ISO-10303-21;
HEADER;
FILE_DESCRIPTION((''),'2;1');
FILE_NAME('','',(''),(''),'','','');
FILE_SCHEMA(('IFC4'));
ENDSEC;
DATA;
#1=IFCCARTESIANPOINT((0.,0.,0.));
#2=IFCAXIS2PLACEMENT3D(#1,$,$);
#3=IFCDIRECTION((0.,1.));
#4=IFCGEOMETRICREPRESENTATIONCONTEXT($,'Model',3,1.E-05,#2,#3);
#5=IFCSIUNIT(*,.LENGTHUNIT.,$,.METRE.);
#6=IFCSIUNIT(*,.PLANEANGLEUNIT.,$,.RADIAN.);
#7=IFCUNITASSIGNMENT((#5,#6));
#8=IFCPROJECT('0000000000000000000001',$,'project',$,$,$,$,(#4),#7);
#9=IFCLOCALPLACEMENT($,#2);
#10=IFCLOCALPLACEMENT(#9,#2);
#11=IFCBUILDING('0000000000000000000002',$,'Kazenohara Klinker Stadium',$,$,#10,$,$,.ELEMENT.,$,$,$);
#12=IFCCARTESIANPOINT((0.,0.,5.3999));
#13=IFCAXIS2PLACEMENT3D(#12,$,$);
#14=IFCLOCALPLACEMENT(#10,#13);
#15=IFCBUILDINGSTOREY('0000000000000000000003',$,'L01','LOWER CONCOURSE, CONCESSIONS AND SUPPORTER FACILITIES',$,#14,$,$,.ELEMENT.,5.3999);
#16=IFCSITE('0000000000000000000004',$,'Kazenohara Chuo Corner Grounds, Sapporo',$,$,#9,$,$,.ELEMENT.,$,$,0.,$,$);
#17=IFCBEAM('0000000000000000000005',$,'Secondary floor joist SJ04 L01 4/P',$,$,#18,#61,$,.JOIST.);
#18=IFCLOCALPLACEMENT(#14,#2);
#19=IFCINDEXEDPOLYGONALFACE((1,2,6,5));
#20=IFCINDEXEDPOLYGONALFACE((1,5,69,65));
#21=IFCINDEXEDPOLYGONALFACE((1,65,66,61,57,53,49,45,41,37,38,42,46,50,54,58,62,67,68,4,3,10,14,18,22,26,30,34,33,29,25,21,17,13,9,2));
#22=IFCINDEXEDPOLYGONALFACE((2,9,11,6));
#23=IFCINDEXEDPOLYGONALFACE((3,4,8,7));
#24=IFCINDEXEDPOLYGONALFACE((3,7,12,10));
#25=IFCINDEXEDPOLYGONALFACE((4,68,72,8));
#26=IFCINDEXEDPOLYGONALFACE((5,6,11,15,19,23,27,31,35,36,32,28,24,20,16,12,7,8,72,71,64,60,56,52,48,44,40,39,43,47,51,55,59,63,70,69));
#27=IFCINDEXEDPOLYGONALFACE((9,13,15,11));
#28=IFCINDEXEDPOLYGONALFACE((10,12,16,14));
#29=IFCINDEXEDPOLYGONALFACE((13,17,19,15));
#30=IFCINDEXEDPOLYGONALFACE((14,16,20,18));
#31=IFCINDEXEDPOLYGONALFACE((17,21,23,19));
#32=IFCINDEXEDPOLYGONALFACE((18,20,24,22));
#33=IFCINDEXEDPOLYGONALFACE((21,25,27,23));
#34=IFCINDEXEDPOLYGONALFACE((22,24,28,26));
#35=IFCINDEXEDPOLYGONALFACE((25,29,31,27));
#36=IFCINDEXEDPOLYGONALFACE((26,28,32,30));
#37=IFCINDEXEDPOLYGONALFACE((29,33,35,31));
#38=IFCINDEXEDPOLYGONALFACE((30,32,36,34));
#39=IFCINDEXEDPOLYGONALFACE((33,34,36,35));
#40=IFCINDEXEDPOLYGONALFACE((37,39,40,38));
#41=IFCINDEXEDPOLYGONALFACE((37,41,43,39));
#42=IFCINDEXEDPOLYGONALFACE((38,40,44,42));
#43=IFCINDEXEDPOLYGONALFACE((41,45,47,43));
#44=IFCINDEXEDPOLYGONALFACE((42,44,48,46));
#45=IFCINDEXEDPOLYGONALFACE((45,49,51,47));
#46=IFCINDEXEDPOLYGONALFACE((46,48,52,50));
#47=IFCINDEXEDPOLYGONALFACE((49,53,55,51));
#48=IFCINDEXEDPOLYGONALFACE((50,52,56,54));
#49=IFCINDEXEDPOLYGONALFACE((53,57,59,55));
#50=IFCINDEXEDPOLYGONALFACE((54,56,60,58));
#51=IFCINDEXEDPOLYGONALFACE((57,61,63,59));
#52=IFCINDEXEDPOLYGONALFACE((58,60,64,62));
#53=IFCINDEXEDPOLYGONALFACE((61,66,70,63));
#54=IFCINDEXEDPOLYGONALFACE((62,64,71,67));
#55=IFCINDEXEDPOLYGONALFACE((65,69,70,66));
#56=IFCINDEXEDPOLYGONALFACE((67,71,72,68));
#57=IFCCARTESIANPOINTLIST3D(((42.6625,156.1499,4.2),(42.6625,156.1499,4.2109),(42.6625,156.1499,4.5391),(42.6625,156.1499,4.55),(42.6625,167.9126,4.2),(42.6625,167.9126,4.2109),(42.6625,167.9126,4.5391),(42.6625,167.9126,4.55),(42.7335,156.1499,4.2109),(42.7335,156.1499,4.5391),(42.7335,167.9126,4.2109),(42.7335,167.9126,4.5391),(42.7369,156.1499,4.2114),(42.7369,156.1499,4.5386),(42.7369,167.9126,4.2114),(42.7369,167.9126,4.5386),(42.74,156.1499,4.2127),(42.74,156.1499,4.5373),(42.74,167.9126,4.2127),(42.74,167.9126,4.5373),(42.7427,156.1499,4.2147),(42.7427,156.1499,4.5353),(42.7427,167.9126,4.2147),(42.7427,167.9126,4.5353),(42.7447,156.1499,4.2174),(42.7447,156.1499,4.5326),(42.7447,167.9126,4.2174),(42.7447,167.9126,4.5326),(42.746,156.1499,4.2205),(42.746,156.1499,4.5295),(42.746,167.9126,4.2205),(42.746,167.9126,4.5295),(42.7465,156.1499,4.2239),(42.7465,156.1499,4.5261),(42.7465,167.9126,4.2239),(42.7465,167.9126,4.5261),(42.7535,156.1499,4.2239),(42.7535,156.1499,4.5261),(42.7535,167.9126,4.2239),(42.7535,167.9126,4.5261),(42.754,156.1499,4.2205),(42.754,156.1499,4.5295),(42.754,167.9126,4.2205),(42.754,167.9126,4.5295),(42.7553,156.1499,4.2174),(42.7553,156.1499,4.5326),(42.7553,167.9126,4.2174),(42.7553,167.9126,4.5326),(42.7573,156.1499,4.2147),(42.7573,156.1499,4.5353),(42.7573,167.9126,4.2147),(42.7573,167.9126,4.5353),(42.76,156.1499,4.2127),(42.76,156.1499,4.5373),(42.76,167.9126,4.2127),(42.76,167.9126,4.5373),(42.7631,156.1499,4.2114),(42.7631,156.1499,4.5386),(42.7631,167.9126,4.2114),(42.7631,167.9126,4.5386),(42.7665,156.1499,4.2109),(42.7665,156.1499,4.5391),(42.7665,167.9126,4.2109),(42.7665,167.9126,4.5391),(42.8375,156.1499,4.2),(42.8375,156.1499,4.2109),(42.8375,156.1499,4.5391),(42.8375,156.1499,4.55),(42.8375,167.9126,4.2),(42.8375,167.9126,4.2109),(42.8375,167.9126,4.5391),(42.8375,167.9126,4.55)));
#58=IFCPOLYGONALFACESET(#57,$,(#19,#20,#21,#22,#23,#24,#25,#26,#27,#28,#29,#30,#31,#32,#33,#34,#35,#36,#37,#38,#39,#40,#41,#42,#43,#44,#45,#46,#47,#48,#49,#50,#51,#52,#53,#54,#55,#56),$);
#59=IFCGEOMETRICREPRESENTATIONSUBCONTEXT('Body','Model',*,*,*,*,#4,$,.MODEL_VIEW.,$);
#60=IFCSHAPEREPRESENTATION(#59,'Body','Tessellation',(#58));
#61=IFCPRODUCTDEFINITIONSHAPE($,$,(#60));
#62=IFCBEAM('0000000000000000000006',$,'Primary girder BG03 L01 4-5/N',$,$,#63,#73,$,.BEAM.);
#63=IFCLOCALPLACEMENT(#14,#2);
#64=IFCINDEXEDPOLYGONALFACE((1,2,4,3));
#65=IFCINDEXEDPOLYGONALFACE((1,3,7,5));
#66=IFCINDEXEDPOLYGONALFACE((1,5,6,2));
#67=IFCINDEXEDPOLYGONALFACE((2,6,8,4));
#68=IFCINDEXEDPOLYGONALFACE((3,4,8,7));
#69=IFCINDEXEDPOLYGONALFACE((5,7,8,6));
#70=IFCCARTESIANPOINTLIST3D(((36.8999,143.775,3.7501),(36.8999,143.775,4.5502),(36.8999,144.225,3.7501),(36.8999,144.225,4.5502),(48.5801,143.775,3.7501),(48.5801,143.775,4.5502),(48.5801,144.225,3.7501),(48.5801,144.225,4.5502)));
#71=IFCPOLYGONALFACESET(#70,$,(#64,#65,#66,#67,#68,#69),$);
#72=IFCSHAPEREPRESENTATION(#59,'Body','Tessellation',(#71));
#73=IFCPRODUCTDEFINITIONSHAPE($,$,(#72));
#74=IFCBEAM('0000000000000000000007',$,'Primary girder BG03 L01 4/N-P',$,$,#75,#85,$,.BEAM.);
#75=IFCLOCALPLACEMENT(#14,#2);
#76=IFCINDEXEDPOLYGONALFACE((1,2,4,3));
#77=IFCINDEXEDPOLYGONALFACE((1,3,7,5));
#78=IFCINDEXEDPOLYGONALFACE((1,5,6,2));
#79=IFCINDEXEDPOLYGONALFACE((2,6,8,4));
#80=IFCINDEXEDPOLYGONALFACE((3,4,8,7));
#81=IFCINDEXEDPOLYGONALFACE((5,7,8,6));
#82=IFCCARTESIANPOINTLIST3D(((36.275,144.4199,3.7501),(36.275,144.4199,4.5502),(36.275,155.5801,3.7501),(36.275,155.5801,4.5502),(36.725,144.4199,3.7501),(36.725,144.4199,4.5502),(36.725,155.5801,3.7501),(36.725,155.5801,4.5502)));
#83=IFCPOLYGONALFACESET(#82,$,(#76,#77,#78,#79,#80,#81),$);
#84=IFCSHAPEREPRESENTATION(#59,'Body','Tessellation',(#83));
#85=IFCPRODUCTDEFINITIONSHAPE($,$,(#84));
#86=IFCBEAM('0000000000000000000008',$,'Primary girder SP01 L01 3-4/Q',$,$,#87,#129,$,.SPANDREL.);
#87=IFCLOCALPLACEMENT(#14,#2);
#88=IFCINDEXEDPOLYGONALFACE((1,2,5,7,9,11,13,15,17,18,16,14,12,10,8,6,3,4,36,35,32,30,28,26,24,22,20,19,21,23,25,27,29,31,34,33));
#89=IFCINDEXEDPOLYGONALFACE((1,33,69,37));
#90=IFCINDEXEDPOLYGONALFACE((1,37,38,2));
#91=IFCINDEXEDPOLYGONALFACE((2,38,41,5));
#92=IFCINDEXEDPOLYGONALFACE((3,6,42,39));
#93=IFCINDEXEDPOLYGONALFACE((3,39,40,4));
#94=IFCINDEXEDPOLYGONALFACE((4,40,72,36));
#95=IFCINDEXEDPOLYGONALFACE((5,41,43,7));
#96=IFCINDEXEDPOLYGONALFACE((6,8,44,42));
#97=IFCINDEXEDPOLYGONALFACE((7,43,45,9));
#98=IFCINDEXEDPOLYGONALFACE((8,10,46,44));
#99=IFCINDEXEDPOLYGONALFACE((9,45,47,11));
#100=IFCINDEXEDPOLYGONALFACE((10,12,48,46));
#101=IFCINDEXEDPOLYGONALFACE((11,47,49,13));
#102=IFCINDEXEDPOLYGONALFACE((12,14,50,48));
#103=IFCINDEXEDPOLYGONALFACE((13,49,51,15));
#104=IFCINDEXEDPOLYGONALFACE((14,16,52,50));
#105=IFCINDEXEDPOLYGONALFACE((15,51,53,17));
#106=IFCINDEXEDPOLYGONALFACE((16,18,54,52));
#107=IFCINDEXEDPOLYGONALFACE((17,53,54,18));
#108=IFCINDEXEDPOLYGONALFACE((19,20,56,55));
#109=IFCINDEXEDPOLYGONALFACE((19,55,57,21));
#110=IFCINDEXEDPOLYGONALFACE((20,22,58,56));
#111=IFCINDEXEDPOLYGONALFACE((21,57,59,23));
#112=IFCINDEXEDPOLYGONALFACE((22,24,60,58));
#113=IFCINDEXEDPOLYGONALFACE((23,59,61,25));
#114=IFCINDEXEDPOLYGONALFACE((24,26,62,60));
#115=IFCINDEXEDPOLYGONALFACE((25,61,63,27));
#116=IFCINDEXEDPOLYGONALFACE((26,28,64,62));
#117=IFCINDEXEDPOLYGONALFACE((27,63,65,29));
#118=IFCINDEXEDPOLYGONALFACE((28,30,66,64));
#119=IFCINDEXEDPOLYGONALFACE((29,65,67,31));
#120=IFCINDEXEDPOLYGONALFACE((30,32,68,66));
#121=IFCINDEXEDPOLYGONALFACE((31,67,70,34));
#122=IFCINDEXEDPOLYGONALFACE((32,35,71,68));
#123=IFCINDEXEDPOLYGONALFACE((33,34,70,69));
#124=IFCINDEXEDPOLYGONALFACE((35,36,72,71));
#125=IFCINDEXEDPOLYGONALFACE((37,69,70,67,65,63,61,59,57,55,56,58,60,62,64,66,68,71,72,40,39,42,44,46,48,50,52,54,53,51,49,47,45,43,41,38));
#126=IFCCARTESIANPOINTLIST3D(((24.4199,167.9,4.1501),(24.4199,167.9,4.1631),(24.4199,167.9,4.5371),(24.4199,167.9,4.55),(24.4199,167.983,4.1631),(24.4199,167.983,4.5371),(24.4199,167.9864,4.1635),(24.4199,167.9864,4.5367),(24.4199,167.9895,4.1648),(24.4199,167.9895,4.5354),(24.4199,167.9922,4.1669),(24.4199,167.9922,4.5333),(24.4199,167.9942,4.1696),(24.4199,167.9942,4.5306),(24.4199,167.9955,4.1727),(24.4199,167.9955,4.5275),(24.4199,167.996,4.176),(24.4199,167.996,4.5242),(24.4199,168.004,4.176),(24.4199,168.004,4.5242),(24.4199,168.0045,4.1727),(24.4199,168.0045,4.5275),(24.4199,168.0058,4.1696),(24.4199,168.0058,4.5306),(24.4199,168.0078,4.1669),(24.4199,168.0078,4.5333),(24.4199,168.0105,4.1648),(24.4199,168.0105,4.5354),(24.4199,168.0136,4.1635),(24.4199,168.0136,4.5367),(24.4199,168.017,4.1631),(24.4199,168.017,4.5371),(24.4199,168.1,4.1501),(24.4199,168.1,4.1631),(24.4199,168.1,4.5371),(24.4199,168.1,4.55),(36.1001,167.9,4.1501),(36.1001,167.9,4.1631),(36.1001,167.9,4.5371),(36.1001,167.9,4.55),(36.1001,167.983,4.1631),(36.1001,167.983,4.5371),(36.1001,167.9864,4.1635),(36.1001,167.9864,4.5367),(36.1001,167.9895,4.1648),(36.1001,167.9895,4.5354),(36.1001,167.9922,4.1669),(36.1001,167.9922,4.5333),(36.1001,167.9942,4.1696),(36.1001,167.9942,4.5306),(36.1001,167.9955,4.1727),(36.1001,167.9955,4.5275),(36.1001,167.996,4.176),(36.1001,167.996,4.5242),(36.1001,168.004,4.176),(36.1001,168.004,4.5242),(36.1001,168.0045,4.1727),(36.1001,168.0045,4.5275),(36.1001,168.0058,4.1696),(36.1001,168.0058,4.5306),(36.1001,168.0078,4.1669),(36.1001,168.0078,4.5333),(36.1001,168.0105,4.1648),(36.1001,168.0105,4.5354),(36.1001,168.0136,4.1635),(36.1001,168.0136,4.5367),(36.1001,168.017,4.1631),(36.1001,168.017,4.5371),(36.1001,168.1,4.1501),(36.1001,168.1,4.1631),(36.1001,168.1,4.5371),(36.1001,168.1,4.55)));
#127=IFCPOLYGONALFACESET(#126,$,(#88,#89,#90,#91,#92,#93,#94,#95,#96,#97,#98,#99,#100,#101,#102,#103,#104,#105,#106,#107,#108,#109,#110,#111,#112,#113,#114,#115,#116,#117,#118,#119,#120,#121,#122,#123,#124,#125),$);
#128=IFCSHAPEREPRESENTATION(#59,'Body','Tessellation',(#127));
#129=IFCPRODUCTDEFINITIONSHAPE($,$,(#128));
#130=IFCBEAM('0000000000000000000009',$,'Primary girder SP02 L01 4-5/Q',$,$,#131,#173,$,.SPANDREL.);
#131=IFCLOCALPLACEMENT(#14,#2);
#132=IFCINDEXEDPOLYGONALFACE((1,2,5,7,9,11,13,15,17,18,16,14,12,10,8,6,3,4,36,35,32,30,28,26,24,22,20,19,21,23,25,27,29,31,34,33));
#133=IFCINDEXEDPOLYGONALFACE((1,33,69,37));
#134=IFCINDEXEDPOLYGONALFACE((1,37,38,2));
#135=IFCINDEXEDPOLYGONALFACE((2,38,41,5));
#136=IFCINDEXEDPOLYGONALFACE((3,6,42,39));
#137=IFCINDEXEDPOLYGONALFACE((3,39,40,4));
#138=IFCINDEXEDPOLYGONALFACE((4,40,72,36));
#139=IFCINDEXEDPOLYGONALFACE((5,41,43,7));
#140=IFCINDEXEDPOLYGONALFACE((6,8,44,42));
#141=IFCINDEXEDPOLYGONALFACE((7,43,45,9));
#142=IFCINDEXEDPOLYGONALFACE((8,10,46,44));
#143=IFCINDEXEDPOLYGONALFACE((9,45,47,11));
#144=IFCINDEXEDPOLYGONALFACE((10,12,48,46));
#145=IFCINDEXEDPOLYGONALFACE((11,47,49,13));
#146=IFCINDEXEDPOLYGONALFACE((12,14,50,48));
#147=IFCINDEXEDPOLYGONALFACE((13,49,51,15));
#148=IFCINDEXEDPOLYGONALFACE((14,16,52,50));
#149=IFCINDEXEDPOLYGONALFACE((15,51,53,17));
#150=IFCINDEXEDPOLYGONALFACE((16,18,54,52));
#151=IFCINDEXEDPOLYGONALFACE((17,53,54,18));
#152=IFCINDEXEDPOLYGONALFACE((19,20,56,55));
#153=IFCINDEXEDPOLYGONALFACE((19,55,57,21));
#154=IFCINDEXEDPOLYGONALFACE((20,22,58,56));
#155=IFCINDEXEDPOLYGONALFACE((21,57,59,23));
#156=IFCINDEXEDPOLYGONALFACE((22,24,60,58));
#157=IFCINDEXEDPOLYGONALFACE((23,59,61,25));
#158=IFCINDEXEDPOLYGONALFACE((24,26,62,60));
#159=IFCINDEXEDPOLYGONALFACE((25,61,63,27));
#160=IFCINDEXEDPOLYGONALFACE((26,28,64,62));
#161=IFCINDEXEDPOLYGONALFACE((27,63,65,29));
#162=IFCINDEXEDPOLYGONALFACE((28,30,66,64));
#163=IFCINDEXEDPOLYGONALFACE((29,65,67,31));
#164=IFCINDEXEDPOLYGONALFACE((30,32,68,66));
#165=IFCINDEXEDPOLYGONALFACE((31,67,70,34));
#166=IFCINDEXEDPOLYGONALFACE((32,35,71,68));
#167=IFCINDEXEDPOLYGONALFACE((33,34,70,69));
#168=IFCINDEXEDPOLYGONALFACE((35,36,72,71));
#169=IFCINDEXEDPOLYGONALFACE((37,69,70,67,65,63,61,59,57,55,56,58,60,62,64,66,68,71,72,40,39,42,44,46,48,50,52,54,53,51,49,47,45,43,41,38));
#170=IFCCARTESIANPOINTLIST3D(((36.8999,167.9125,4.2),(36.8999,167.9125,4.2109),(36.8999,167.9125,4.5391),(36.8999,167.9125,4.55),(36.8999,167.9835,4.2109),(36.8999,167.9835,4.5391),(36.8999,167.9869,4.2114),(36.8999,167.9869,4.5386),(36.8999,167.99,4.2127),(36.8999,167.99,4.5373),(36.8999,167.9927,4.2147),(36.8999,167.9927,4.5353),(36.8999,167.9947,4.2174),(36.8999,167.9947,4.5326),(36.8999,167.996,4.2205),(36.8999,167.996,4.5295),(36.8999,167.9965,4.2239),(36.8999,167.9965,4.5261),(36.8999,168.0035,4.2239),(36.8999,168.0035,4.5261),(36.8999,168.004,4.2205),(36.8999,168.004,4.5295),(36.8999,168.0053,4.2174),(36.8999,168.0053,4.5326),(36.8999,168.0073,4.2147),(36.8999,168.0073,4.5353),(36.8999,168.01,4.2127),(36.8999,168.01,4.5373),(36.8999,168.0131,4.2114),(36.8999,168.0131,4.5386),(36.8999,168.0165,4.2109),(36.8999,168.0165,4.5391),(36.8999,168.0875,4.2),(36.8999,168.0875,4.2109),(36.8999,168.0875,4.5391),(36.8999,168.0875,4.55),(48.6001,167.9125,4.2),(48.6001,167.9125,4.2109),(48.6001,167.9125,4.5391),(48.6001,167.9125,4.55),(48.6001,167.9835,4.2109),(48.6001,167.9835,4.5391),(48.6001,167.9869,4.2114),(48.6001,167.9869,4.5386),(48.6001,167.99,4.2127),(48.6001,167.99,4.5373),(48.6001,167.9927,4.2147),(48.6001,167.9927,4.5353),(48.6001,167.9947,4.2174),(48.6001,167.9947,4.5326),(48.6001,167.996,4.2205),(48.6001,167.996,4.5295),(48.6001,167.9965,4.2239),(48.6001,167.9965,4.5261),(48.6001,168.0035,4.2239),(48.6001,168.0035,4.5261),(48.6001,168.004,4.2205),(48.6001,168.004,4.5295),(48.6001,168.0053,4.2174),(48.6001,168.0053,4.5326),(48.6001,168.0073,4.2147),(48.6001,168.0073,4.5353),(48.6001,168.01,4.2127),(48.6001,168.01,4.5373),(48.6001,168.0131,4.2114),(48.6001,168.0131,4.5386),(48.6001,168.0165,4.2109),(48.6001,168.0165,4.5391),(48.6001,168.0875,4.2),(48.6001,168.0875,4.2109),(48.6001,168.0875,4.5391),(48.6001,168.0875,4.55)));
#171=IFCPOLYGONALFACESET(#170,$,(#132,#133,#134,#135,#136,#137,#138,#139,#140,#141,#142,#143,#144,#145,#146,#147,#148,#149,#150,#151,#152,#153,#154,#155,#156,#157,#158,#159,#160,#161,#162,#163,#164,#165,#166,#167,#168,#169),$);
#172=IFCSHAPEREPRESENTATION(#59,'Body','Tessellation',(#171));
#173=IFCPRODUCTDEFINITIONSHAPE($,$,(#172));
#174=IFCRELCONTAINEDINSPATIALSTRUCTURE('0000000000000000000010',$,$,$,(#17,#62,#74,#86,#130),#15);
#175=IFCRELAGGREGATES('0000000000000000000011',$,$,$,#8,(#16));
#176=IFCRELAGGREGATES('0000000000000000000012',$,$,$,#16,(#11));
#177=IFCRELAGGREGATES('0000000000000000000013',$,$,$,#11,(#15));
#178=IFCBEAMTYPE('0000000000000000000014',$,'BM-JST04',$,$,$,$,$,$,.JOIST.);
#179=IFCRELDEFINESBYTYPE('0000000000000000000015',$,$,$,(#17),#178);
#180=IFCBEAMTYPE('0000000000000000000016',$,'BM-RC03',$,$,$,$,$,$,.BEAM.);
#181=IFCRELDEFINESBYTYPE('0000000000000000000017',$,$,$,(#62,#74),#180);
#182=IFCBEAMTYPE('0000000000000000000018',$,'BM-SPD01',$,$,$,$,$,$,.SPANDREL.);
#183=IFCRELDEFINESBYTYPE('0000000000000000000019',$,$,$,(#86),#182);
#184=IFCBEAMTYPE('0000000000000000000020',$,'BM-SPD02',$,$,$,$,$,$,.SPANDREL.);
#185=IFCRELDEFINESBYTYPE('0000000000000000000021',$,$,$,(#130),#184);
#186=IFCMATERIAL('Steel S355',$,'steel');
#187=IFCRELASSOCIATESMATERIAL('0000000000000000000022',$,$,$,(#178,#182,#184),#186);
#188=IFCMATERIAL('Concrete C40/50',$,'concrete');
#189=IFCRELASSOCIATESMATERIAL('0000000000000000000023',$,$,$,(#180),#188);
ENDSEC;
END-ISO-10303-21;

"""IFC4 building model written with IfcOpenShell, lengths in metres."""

from ifc_helpers import new_model, si_unit, direction, frame, origin, origin_2d, place, context, subcontext, project, spatial, rectangle, i_section, extrude, material, material_profile, profile_set, type_object, element, save


model = new_model("IFC4")

# Units and contexts
model_context = context("Model", 3, precision=1e-05, world=origin(), true_north=direction((0.0, 1.0)))
body_context = subcontext(model_context, "Body", "Model", "MODEL_VIEW")
ifc_project = project(units=[si_unit("LENGTHUNIT", "METRE"), si_unit("PLANEANGLEUNIT", "RADIAN")], contexts=[model_context])

# Site, building, storey
site_placement = place(None, origin())
site = spatial("IfcSite", under=ifc_project, at=site_placement, Name="Kazenohara Chuo Corner Grounds, Sapporo", CompositionType="ELEMENT", RefElevation=0.0)
building_placement = place(site_placement, origin())
building = spatial("IfcBuilding", under=site, at=building_placement, Name="Kazenohara Klinker Stadium", CompositionType="ELEMENT")
storey_placement = place(building_placement, frame((0.0, 0.0, 5.3999)))
storey = spatial("IfcBuildingStorey", under=building, at=storey_placement, Name="L01", Description="LOWER CONCOURSE, CONCESSIONS AND SUPPORTER FACILITIES", CompositionType="ELEMENT", Elevation=5.3999)

# Shared definitions
ifc_material_1 = material(Name="Concrete C40/50", Category="concrete")

# Beams
ifc_material_2 = material(Name="Steel S355", Category="steel")
ifc_material_profile_1 = material_profile(ifc_material_2, i_section(OverallWidth=0.175, OverallDepth=0.3501, WebThickness=0.0071, FlangeThickness=0.011, FilletRadius=0.0129, at=origin_2d()), Name="H-350x175x7x11")
ifc_profile_set_1 = profile_set([ifc_material_profile_1], Name="Steel S355")
beam_type_1 = type_object("IfcBeamType", Name="BM-JST04", PredefinedType="JOIST", material=ifc_profile_set_1)
beam_1_placement = place(storey_placement, frame((42.75, 156.1499, 4.375), z_axis=(0.0, 1.0, 0.0), x_axis=(-1.0, 0.0, 0.0)))
element("IfcBeam", 1, at=beam_1_placement, inside=storey, type_object=beam_type_1, Name="Secondary floor joist SJ04 L01 4/P", PredefinedType="JOIST", context=body_context, shape_type="SweptSolid", body=[
    extrude(i_section(OverallWidth=0.175, OverallDepth=0.3501, WebThickness=0.0071, FlangeThickness=0.011, FilletRadius=0.0129, at=origin_2d()), origin(), (0.0, 0.0, 1.0), 11.7627),
])
ifc_material_profile_2 = material_profile(ifc_material_1, rectangle(XDim=0.45, YDim=0.8, at=origin_2d()), Name="RC-BM-450x800")
ifc_profile_set_2 = profile_set([ifc_material_profile_2], Name="Concrete C40/50")
beam_type_2 = type_object("IfcBeamType", Name="BM-RC03", PredefinedType="BEAM", material=ifc_profile_set_2)
beam_2_placement = place(storey_placement, frame((36.8999, 144.0, 4.1501), z_axis=(1.0, 0.0, 0.0), x_axis=(0.0, 1.0, 0.0)))
element("IfcBeam", 2, at=beam_2_placement, inside=storey, type_object=beam_type_2, Name="Primary girder BG03 L01 4-5/N", PredefinedType="BEAM", context=body_context, shape_type="SweptSolid", body=[
    extrude(rectangle(XDim=0.45, YDim=0.8, at=origin_2d()), origin(), (0.0, 0.0, 1.0), 11.6802),
])
beam_3_placement = place(storey_placement, frame((36.5, 144.4199, 4.1501), z_axis=(0.0, 1.0, 0.0), x_axis=(-1.0, 0.0, 0.0)))
element("IfcBeam", 3, at=beam_3_placement, inside=storey, type_object=beam_type_2, Name="Primary girder BG03 L01 4/N-P", PredefinedType="BEAM", context=body_context, shape_type="SweptSolid", body=[
    extrude(rectangle(XDim=0.45, YDim=0.8, at=origin_2d()), origin(), (0.0, 0.0, 1.0), 11.1602),
])
ifc_material_profile_3 = material_profile(ifc_material_2, i_section(OverallWidth=0.2, OverallDepth=0.3999, WebThickness=0.0081, FlangeThickness=0.0129, FilletRadius=0.0129, at=origin_2d()), Name="H-400x200x8x13")
ifc_profile_set_3 = profile_set([ifc_material_profile_3], Name="Steel S355")
beam_type_3 = type_object("IfcBeamType", Name="BM-SPD01", PredefinedType="SPANDREL", material=ifc_profile_set_3)
beam_4_placement = place(storey_placement, frame((24.4199, 168.0, 4.3501), z_axis=(1.0, 0.0, 0.0), x_axis=(0.0, 1.0, 0.0)))
element("IfcBeam", 4, at=beam_4_placement, inside=storey, type_object=beam_type_3, Name="Primary girder SP01 L01 3-4/Q", PredefinedType="SPANDREL", context=body_context, shape_type="SweptSolid", body=[
    extrude(i_section(OverallWidth=0.2, OverallDepth=0.3999, WebThickness=0.0081, FlangeThickness=0.0129, FilletRadius=0.0129, at=origin_2d()), origin(), (0.0, 0.0, 1.0), 11.6802),
])
ifc_material_profile_4 = material_profile(ifc_material_2, i_section(OverallWidth=0.175, OverallDepth=0.3501, WebThickness=0.0071, FlangeThickness=0.011, FilletRadius=0.0129, at=origin_2d()), Name="H-350x175x7x11")
ifc_profile_set_4 = profile_set([ifc_material_profile_4], Name="Steel S355")
beam_type_4 = type_object("IfcBeamType", Name="BM-SPD02", PredefinedType="SPANDREL", material=ifc_profile_set_4)
beam_5_placement = place(storey_placement, frame((36.8999, 168.0, 4.375), z_axis=(1.0, 0.0, 0.0), x_axis=(0.0, 1.0, 0.0)))
element("IfcBeam", 5, at=beam_5_placement, inside=storey, type_object=beam_type_4, Name="Primary girder SP02 L01 4-5/Q", PredefinedType="SPANDREL", context=body_context, shape_type="SweptSolid", body=[
    extrude(i_section(OverallWidth=0.175, OverallDepth=0.3501, WebThickness=0.0071, FlangeThickness=0.011, FilletRadius=0.0129, at=origin_2d()), origin(), (0.0, 0.0, 1.0), 11.7002),
])

save(model, "model.ifc")
